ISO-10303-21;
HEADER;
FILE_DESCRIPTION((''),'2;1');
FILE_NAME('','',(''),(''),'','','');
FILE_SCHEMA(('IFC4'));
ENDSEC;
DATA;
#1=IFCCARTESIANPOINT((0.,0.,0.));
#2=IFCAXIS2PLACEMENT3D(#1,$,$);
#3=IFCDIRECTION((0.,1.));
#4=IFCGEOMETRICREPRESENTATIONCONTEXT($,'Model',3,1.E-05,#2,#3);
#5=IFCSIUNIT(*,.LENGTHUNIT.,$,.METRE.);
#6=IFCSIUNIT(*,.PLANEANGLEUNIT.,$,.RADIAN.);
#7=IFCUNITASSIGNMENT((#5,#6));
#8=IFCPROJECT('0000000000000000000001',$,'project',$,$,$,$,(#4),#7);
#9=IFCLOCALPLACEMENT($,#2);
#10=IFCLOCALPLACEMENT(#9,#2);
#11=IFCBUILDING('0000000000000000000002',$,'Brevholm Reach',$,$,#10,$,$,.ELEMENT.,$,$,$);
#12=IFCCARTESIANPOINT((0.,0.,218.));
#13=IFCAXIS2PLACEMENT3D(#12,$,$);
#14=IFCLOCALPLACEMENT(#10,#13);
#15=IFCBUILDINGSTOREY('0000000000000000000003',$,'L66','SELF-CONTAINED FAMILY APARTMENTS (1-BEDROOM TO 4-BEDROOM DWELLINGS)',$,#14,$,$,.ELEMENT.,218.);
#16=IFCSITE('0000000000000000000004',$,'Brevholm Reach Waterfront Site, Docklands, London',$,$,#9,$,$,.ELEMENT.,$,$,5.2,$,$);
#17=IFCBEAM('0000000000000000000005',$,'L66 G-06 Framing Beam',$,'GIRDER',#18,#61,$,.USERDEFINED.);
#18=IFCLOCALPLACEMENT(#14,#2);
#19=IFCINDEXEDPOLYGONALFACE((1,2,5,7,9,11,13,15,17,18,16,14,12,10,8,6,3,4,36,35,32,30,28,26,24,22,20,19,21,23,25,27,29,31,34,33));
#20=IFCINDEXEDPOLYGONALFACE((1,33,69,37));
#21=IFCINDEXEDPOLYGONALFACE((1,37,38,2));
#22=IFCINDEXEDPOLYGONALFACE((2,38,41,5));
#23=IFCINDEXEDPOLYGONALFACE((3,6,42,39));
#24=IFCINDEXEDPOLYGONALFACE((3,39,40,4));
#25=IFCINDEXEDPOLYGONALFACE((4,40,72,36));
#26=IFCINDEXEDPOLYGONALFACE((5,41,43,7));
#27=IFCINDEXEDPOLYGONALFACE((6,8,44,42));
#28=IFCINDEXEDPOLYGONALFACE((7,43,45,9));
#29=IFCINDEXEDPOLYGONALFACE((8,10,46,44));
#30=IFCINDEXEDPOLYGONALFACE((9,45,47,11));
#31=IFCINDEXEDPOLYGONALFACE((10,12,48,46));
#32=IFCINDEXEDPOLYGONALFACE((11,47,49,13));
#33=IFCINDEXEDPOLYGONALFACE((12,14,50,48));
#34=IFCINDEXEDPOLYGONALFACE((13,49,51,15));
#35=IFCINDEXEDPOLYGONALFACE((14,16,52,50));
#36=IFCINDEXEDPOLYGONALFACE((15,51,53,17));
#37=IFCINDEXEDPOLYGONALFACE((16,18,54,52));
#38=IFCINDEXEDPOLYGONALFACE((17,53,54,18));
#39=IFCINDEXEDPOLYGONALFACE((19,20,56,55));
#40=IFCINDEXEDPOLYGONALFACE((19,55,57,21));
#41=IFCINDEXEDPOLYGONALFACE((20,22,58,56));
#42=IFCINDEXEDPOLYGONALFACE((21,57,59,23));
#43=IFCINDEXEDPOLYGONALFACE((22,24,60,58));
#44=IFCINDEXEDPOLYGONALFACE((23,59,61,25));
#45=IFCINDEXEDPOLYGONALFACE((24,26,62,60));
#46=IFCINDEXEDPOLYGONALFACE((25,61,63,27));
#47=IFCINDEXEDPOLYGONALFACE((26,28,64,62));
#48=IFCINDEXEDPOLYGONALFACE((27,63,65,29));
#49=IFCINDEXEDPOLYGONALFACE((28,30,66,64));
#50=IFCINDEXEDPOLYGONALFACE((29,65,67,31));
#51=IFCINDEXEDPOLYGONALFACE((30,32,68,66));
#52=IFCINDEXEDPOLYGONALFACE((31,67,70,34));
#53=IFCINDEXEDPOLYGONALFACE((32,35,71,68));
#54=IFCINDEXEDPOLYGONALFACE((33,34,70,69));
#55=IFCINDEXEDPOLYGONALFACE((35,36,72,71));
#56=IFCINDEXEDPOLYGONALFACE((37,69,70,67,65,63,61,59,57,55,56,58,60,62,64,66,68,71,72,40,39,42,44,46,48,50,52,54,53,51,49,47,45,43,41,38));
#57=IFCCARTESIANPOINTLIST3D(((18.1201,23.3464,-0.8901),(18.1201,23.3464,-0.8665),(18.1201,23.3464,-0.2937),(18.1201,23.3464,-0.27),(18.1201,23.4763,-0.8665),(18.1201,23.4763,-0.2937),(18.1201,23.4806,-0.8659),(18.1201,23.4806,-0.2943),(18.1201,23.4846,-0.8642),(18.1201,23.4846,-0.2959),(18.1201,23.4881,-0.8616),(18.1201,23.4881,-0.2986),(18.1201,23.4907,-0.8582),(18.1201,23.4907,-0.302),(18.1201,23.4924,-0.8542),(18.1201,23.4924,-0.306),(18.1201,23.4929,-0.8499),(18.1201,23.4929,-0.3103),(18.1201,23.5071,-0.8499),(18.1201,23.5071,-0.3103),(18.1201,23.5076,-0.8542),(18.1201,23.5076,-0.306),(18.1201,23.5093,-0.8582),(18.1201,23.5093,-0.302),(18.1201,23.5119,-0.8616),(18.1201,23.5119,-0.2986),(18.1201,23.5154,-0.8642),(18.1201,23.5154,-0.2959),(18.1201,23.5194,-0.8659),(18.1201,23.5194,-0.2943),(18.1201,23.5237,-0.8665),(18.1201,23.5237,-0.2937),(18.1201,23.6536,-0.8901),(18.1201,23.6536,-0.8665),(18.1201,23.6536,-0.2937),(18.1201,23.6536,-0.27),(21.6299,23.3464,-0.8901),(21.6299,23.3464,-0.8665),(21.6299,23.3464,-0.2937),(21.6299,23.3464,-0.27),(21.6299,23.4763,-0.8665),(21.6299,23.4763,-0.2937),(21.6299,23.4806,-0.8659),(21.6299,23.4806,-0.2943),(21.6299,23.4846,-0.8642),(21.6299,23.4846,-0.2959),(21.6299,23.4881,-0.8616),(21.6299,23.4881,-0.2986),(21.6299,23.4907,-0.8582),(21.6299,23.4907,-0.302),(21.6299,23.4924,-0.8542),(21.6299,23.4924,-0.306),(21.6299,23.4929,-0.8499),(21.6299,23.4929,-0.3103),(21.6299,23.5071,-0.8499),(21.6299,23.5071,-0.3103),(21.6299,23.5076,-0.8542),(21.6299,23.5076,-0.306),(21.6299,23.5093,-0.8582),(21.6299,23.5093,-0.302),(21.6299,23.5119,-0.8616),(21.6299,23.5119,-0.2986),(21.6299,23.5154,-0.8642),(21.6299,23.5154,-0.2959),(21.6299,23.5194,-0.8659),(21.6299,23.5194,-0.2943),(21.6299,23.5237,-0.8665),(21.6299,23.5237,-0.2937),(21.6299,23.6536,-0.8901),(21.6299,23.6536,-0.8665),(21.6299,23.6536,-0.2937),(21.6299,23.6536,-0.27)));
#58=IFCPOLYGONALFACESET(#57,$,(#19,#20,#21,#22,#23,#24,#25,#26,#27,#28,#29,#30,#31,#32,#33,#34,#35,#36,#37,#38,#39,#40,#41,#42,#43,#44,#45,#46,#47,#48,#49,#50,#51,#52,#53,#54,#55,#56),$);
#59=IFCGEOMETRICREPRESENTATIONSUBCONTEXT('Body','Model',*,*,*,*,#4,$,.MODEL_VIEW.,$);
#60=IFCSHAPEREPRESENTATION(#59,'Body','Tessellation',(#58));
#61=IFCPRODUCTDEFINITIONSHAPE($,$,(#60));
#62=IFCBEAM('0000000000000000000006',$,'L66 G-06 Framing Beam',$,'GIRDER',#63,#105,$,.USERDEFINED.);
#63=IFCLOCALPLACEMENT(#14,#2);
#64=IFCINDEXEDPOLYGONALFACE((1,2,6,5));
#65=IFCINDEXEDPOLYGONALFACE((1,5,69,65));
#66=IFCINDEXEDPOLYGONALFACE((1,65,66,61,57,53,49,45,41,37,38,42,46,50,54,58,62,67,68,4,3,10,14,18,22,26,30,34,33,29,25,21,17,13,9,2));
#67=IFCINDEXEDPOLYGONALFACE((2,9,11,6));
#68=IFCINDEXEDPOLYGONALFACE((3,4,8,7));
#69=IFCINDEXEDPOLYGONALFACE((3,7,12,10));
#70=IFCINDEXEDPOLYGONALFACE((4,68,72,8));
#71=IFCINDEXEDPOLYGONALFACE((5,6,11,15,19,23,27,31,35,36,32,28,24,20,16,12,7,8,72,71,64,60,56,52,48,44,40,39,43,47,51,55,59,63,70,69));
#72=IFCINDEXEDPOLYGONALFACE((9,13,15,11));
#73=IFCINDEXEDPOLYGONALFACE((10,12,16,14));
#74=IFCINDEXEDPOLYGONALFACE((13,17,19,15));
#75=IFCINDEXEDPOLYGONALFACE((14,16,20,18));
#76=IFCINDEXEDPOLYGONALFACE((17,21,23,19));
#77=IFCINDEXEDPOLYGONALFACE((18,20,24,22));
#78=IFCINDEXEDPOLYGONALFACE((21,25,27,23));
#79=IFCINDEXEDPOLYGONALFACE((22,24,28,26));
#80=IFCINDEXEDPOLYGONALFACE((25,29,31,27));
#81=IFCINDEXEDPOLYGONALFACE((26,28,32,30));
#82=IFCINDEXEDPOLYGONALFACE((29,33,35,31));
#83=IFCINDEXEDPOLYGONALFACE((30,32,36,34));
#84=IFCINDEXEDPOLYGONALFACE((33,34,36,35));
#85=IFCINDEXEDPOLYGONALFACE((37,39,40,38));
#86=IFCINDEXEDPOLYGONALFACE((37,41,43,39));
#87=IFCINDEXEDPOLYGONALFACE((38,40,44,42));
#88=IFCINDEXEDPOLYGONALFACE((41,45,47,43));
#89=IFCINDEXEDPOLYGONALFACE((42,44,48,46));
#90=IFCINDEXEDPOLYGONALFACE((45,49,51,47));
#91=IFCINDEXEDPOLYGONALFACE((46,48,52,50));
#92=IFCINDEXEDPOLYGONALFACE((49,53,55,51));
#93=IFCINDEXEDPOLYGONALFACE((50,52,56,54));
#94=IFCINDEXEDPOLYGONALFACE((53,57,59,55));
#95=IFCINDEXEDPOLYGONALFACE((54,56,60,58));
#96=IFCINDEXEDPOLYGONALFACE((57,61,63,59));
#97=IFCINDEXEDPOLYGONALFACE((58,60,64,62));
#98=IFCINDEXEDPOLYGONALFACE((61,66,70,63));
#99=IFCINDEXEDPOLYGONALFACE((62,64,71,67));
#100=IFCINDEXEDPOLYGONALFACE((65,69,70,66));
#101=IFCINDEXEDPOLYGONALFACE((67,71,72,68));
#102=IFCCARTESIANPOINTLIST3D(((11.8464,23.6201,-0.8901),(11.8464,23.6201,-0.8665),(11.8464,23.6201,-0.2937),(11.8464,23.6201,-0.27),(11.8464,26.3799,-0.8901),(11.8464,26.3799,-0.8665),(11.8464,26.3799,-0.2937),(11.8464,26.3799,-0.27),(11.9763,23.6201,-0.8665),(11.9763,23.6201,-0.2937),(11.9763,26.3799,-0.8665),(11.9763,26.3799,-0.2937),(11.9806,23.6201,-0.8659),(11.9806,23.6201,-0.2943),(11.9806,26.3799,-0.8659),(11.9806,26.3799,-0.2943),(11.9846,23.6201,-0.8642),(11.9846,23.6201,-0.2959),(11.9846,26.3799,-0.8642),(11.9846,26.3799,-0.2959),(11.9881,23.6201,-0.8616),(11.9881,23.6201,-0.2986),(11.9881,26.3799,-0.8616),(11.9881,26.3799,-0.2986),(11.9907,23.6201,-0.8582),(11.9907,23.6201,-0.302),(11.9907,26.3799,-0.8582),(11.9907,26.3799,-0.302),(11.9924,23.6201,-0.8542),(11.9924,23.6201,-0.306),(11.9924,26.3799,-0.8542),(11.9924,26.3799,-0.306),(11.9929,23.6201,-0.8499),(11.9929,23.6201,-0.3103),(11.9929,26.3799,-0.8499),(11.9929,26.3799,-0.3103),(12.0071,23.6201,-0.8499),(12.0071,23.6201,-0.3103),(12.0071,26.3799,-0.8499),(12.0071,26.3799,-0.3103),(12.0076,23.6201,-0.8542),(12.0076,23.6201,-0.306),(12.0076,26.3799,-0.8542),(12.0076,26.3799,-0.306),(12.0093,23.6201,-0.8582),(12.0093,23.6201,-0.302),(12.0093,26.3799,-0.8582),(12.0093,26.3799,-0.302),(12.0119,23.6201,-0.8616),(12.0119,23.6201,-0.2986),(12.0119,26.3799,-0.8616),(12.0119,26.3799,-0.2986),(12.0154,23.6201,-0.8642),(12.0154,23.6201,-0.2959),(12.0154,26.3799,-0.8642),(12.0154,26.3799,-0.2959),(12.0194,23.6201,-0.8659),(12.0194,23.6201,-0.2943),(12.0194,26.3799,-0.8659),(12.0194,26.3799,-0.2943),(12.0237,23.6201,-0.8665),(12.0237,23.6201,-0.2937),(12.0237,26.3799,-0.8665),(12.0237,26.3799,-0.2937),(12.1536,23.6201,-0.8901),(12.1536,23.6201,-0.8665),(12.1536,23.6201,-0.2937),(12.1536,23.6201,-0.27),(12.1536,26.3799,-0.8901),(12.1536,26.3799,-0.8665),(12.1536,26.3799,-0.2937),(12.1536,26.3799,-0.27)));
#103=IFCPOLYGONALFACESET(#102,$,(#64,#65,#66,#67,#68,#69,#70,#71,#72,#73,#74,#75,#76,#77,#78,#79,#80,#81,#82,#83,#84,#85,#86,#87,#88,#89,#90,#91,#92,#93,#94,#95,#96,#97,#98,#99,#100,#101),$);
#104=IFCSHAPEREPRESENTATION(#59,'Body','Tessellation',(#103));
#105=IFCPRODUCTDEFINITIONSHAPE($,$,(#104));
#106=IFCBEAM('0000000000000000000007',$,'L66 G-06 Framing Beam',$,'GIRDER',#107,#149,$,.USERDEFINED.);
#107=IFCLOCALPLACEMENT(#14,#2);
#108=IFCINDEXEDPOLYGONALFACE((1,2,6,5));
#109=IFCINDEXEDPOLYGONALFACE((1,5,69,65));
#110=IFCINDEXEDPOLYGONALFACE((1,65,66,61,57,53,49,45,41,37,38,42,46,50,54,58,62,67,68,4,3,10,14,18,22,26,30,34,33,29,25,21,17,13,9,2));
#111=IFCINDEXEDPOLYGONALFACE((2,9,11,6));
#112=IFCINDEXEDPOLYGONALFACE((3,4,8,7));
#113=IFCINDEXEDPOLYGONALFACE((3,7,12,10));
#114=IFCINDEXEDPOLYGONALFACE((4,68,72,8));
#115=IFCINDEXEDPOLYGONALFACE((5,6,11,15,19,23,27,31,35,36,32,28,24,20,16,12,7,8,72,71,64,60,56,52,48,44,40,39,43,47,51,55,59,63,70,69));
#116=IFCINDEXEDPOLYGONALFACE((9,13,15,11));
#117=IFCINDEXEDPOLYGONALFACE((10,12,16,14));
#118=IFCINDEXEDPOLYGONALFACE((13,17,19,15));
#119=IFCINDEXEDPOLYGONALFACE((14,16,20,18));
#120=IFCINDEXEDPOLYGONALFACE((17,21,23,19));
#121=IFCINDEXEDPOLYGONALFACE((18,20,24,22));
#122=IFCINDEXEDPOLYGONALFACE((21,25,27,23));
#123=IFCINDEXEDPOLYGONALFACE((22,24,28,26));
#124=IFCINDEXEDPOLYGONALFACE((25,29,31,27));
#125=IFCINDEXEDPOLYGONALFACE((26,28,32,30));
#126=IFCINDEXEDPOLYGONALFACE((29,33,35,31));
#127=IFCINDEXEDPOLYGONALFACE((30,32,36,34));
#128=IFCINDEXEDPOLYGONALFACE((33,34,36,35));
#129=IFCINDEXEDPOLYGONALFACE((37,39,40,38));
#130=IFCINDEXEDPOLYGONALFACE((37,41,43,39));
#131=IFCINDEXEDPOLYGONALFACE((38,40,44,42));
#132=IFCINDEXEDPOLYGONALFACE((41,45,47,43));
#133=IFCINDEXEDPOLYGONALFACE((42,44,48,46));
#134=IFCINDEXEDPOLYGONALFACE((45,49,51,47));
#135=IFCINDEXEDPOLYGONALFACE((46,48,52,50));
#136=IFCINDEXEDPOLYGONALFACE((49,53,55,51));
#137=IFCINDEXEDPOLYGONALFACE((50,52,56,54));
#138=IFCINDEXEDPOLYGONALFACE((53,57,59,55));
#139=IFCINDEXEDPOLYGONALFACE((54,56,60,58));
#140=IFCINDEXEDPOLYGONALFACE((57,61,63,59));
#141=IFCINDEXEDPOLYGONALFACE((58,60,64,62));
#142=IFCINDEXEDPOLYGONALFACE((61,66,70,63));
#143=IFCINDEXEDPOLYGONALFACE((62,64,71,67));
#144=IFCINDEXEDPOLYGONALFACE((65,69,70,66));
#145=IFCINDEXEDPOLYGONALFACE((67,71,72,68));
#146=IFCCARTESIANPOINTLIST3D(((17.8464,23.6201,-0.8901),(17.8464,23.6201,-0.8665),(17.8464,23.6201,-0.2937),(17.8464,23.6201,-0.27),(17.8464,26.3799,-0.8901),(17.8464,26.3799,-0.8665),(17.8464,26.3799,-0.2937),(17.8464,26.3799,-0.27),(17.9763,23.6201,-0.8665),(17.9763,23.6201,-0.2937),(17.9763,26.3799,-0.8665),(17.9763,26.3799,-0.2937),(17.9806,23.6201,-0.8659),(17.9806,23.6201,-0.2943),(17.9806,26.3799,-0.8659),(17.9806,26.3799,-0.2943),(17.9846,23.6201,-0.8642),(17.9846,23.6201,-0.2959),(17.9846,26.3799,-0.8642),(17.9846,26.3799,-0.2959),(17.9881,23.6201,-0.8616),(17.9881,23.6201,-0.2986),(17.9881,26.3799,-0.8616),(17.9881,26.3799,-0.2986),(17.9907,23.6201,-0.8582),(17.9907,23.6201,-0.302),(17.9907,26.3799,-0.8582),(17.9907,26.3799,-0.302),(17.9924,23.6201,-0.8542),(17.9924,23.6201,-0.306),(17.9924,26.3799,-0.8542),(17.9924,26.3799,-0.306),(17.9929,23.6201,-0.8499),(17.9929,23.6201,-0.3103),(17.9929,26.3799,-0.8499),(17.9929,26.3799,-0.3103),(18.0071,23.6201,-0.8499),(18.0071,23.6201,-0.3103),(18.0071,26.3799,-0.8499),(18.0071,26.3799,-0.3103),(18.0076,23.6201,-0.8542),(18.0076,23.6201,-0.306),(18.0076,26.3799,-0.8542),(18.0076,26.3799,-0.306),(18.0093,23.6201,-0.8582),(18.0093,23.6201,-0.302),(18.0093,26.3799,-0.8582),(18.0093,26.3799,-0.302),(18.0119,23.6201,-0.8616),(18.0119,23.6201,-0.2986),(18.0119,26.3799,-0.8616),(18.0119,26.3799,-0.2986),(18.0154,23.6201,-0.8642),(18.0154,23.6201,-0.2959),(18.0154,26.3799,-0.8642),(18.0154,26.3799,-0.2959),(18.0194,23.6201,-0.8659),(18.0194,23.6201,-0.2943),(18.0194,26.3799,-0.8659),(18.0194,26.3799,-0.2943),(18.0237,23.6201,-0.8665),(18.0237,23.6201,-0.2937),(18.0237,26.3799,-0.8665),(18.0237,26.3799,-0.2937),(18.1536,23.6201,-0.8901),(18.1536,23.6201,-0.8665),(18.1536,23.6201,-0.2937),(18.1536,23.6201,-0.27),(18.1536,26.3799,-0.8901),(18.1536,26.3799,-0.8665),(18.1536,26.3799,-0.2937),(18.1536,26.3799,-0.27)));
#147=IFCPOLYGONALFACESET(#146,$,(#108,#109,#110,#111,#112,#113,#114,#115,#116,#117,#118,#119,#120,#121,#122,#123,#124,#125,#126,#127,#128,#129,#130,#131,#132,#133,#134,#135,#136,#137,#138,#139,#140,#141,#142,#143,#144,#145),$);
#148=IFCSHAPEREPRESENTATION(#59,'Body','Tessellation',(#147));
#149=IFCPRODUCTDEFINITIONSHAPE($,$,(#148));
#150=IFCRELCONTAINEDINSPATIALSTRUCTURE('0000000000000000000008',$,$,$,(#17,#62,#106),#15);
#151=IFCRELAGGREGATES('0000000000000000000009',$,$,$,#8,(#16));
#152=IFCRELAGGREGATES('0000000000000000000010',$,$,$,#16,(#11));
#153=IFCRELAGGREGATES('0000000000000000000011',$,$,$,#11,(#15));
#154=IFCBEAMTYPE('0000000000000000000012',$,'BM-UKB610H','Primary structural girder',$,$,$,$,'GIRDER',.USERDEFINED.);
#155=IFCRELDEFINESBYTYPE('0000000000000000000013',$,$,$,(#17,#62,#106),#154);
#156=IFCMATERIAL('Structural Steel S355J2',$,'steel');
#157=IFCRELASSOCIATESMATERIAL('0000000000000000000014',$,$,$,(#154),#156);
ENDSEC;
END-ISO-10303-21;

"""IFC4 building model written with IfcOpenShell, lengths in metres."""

from ifc_helpers import new_model, si_unit, direction, frame, origin, origin_2d, place, context, subcontext, project, spatial, i_section, extrude, material, material_profile, profile_set, type_object, element, save


model = new_model("IFC4")

# Units and contexts
model_context = context("Model", 3, precision=1e-05, world=origin(), true_north=direction((0.0, 1.0)))
body_context = subcontext(model_context, "Body", "Model", "MODEL_VIEW")
ifc_project = project(units=[si_unit("LENGTHUNIT", "METRE"), si_unit("PLANEANGLEUNIT", "RADIAN")], contexts=[model_context])

# Site, building, storey
site_placement = place(None, origin())
site = spatial("IfcSite", under=ifc_project, at=site_placement, Name="Brevholm Reach Waterfront Site, Docklands, London", CompositionType="ELEMENT", RefElevation=5.2)
building_placement = place(site_placement, origin())
building = spatial("IfcBuilding", under=site, at=building_placement, Name="Brevholm Reach", CompositionType="ELEMENT")
storey_placement = place(building_placement, frame((0.0, 0.0, 218.0)))
storey = spatial("IfcBuildingStorey", under=building, at=storey_placement, Name="L66", Description="SELF-CONTAINED FAMILY APARTMENTS (1-BEDROOM TO 4-BEDROOM DWELLINGS)", CompositionType="ELEMENT", Elevation=218.0)

# Beams
ifc_material_1 = material(Name="Structural Steel S355J2", Category="steel")
ifc_material_profile_1 = material_profile(ifc_material_1, i_section(OverallWidth=0.3071, OverallDepth=0.6201, WebThickness=0.0142, FlangeThickness=0.0237, FilletRadius=0.0166, at=origin_2d()), Name="UKB 610x305x179")
ifc_profile_set_1 = profile_set([ifc_material_profile_1], Name="Structural Steel S355J2")
beam_type_1 = type_object("IfcBeamType", Name="BM-UKB610H", Description="Primary structural girder", ElementType="GIRDER", PredefinedType="USERDEFINED", material=ifc_profile_set_1)
beam_1_placement = place(storey_placement, frame((18.1201, 23.5, -0.5801), z_axis=(1.0, 0.0, 0.0), x_axis=(0.0, 1.0, 0.0)))
element("IfcBeam", 1, at=beam_1_placement, inside=storey, type_object=beam_type_1, Name="L66 G-06 Framing Beam", ObjectType="GIRDER", PredefinedType="USERDEFINED", context=body_context, shape_type="SweptSolid", body=[
    extrude(i_section(OverallWidth=0.3071, OverallDepth=0.6201, WebThickness=0.0142, FlangeThickness=0.0237, FilletRadius=0.0166, at=origin_2d()), origin(), (0.0, 0.0, 1.0), 3.5098),
])
for number, where, z_axis, x_axis, name in (
    (2, (12.0, 23.6201, -0.5801), (0.0, 1.0, 0.0), (-1.0, 0.0, 0.0), "L66 G-06 Framing Beam"),
    (3, (18.0, 23.6201, -0.5801), (0.0, 1.0, 0.0), (-1.0, 0.0, 0.0), "L66 G-06 Framing Beam"),
):
    element("IfcBeam", number, at=place(storey_placement, frame(where, z_axis=z_axis, x_axis=x_axis)), inside=storey, type_object=beam_type_1, Name=name, ObjectType="GIRDER", PredefinedType="USERDEFINED", context=body_context, shape_type="SweptSolid", body=[
        extrude(i_section(OverallWidth=0.3071, OverallDepth=0.6201, WebThickness=0.0142, FlangeThickness=0.0237, FilletRadius=0.0166, at=origin_2d()), origin(), (0.0, 0.0, 1.0), 2.7598),
    ])

save(model, "model.ifc")
